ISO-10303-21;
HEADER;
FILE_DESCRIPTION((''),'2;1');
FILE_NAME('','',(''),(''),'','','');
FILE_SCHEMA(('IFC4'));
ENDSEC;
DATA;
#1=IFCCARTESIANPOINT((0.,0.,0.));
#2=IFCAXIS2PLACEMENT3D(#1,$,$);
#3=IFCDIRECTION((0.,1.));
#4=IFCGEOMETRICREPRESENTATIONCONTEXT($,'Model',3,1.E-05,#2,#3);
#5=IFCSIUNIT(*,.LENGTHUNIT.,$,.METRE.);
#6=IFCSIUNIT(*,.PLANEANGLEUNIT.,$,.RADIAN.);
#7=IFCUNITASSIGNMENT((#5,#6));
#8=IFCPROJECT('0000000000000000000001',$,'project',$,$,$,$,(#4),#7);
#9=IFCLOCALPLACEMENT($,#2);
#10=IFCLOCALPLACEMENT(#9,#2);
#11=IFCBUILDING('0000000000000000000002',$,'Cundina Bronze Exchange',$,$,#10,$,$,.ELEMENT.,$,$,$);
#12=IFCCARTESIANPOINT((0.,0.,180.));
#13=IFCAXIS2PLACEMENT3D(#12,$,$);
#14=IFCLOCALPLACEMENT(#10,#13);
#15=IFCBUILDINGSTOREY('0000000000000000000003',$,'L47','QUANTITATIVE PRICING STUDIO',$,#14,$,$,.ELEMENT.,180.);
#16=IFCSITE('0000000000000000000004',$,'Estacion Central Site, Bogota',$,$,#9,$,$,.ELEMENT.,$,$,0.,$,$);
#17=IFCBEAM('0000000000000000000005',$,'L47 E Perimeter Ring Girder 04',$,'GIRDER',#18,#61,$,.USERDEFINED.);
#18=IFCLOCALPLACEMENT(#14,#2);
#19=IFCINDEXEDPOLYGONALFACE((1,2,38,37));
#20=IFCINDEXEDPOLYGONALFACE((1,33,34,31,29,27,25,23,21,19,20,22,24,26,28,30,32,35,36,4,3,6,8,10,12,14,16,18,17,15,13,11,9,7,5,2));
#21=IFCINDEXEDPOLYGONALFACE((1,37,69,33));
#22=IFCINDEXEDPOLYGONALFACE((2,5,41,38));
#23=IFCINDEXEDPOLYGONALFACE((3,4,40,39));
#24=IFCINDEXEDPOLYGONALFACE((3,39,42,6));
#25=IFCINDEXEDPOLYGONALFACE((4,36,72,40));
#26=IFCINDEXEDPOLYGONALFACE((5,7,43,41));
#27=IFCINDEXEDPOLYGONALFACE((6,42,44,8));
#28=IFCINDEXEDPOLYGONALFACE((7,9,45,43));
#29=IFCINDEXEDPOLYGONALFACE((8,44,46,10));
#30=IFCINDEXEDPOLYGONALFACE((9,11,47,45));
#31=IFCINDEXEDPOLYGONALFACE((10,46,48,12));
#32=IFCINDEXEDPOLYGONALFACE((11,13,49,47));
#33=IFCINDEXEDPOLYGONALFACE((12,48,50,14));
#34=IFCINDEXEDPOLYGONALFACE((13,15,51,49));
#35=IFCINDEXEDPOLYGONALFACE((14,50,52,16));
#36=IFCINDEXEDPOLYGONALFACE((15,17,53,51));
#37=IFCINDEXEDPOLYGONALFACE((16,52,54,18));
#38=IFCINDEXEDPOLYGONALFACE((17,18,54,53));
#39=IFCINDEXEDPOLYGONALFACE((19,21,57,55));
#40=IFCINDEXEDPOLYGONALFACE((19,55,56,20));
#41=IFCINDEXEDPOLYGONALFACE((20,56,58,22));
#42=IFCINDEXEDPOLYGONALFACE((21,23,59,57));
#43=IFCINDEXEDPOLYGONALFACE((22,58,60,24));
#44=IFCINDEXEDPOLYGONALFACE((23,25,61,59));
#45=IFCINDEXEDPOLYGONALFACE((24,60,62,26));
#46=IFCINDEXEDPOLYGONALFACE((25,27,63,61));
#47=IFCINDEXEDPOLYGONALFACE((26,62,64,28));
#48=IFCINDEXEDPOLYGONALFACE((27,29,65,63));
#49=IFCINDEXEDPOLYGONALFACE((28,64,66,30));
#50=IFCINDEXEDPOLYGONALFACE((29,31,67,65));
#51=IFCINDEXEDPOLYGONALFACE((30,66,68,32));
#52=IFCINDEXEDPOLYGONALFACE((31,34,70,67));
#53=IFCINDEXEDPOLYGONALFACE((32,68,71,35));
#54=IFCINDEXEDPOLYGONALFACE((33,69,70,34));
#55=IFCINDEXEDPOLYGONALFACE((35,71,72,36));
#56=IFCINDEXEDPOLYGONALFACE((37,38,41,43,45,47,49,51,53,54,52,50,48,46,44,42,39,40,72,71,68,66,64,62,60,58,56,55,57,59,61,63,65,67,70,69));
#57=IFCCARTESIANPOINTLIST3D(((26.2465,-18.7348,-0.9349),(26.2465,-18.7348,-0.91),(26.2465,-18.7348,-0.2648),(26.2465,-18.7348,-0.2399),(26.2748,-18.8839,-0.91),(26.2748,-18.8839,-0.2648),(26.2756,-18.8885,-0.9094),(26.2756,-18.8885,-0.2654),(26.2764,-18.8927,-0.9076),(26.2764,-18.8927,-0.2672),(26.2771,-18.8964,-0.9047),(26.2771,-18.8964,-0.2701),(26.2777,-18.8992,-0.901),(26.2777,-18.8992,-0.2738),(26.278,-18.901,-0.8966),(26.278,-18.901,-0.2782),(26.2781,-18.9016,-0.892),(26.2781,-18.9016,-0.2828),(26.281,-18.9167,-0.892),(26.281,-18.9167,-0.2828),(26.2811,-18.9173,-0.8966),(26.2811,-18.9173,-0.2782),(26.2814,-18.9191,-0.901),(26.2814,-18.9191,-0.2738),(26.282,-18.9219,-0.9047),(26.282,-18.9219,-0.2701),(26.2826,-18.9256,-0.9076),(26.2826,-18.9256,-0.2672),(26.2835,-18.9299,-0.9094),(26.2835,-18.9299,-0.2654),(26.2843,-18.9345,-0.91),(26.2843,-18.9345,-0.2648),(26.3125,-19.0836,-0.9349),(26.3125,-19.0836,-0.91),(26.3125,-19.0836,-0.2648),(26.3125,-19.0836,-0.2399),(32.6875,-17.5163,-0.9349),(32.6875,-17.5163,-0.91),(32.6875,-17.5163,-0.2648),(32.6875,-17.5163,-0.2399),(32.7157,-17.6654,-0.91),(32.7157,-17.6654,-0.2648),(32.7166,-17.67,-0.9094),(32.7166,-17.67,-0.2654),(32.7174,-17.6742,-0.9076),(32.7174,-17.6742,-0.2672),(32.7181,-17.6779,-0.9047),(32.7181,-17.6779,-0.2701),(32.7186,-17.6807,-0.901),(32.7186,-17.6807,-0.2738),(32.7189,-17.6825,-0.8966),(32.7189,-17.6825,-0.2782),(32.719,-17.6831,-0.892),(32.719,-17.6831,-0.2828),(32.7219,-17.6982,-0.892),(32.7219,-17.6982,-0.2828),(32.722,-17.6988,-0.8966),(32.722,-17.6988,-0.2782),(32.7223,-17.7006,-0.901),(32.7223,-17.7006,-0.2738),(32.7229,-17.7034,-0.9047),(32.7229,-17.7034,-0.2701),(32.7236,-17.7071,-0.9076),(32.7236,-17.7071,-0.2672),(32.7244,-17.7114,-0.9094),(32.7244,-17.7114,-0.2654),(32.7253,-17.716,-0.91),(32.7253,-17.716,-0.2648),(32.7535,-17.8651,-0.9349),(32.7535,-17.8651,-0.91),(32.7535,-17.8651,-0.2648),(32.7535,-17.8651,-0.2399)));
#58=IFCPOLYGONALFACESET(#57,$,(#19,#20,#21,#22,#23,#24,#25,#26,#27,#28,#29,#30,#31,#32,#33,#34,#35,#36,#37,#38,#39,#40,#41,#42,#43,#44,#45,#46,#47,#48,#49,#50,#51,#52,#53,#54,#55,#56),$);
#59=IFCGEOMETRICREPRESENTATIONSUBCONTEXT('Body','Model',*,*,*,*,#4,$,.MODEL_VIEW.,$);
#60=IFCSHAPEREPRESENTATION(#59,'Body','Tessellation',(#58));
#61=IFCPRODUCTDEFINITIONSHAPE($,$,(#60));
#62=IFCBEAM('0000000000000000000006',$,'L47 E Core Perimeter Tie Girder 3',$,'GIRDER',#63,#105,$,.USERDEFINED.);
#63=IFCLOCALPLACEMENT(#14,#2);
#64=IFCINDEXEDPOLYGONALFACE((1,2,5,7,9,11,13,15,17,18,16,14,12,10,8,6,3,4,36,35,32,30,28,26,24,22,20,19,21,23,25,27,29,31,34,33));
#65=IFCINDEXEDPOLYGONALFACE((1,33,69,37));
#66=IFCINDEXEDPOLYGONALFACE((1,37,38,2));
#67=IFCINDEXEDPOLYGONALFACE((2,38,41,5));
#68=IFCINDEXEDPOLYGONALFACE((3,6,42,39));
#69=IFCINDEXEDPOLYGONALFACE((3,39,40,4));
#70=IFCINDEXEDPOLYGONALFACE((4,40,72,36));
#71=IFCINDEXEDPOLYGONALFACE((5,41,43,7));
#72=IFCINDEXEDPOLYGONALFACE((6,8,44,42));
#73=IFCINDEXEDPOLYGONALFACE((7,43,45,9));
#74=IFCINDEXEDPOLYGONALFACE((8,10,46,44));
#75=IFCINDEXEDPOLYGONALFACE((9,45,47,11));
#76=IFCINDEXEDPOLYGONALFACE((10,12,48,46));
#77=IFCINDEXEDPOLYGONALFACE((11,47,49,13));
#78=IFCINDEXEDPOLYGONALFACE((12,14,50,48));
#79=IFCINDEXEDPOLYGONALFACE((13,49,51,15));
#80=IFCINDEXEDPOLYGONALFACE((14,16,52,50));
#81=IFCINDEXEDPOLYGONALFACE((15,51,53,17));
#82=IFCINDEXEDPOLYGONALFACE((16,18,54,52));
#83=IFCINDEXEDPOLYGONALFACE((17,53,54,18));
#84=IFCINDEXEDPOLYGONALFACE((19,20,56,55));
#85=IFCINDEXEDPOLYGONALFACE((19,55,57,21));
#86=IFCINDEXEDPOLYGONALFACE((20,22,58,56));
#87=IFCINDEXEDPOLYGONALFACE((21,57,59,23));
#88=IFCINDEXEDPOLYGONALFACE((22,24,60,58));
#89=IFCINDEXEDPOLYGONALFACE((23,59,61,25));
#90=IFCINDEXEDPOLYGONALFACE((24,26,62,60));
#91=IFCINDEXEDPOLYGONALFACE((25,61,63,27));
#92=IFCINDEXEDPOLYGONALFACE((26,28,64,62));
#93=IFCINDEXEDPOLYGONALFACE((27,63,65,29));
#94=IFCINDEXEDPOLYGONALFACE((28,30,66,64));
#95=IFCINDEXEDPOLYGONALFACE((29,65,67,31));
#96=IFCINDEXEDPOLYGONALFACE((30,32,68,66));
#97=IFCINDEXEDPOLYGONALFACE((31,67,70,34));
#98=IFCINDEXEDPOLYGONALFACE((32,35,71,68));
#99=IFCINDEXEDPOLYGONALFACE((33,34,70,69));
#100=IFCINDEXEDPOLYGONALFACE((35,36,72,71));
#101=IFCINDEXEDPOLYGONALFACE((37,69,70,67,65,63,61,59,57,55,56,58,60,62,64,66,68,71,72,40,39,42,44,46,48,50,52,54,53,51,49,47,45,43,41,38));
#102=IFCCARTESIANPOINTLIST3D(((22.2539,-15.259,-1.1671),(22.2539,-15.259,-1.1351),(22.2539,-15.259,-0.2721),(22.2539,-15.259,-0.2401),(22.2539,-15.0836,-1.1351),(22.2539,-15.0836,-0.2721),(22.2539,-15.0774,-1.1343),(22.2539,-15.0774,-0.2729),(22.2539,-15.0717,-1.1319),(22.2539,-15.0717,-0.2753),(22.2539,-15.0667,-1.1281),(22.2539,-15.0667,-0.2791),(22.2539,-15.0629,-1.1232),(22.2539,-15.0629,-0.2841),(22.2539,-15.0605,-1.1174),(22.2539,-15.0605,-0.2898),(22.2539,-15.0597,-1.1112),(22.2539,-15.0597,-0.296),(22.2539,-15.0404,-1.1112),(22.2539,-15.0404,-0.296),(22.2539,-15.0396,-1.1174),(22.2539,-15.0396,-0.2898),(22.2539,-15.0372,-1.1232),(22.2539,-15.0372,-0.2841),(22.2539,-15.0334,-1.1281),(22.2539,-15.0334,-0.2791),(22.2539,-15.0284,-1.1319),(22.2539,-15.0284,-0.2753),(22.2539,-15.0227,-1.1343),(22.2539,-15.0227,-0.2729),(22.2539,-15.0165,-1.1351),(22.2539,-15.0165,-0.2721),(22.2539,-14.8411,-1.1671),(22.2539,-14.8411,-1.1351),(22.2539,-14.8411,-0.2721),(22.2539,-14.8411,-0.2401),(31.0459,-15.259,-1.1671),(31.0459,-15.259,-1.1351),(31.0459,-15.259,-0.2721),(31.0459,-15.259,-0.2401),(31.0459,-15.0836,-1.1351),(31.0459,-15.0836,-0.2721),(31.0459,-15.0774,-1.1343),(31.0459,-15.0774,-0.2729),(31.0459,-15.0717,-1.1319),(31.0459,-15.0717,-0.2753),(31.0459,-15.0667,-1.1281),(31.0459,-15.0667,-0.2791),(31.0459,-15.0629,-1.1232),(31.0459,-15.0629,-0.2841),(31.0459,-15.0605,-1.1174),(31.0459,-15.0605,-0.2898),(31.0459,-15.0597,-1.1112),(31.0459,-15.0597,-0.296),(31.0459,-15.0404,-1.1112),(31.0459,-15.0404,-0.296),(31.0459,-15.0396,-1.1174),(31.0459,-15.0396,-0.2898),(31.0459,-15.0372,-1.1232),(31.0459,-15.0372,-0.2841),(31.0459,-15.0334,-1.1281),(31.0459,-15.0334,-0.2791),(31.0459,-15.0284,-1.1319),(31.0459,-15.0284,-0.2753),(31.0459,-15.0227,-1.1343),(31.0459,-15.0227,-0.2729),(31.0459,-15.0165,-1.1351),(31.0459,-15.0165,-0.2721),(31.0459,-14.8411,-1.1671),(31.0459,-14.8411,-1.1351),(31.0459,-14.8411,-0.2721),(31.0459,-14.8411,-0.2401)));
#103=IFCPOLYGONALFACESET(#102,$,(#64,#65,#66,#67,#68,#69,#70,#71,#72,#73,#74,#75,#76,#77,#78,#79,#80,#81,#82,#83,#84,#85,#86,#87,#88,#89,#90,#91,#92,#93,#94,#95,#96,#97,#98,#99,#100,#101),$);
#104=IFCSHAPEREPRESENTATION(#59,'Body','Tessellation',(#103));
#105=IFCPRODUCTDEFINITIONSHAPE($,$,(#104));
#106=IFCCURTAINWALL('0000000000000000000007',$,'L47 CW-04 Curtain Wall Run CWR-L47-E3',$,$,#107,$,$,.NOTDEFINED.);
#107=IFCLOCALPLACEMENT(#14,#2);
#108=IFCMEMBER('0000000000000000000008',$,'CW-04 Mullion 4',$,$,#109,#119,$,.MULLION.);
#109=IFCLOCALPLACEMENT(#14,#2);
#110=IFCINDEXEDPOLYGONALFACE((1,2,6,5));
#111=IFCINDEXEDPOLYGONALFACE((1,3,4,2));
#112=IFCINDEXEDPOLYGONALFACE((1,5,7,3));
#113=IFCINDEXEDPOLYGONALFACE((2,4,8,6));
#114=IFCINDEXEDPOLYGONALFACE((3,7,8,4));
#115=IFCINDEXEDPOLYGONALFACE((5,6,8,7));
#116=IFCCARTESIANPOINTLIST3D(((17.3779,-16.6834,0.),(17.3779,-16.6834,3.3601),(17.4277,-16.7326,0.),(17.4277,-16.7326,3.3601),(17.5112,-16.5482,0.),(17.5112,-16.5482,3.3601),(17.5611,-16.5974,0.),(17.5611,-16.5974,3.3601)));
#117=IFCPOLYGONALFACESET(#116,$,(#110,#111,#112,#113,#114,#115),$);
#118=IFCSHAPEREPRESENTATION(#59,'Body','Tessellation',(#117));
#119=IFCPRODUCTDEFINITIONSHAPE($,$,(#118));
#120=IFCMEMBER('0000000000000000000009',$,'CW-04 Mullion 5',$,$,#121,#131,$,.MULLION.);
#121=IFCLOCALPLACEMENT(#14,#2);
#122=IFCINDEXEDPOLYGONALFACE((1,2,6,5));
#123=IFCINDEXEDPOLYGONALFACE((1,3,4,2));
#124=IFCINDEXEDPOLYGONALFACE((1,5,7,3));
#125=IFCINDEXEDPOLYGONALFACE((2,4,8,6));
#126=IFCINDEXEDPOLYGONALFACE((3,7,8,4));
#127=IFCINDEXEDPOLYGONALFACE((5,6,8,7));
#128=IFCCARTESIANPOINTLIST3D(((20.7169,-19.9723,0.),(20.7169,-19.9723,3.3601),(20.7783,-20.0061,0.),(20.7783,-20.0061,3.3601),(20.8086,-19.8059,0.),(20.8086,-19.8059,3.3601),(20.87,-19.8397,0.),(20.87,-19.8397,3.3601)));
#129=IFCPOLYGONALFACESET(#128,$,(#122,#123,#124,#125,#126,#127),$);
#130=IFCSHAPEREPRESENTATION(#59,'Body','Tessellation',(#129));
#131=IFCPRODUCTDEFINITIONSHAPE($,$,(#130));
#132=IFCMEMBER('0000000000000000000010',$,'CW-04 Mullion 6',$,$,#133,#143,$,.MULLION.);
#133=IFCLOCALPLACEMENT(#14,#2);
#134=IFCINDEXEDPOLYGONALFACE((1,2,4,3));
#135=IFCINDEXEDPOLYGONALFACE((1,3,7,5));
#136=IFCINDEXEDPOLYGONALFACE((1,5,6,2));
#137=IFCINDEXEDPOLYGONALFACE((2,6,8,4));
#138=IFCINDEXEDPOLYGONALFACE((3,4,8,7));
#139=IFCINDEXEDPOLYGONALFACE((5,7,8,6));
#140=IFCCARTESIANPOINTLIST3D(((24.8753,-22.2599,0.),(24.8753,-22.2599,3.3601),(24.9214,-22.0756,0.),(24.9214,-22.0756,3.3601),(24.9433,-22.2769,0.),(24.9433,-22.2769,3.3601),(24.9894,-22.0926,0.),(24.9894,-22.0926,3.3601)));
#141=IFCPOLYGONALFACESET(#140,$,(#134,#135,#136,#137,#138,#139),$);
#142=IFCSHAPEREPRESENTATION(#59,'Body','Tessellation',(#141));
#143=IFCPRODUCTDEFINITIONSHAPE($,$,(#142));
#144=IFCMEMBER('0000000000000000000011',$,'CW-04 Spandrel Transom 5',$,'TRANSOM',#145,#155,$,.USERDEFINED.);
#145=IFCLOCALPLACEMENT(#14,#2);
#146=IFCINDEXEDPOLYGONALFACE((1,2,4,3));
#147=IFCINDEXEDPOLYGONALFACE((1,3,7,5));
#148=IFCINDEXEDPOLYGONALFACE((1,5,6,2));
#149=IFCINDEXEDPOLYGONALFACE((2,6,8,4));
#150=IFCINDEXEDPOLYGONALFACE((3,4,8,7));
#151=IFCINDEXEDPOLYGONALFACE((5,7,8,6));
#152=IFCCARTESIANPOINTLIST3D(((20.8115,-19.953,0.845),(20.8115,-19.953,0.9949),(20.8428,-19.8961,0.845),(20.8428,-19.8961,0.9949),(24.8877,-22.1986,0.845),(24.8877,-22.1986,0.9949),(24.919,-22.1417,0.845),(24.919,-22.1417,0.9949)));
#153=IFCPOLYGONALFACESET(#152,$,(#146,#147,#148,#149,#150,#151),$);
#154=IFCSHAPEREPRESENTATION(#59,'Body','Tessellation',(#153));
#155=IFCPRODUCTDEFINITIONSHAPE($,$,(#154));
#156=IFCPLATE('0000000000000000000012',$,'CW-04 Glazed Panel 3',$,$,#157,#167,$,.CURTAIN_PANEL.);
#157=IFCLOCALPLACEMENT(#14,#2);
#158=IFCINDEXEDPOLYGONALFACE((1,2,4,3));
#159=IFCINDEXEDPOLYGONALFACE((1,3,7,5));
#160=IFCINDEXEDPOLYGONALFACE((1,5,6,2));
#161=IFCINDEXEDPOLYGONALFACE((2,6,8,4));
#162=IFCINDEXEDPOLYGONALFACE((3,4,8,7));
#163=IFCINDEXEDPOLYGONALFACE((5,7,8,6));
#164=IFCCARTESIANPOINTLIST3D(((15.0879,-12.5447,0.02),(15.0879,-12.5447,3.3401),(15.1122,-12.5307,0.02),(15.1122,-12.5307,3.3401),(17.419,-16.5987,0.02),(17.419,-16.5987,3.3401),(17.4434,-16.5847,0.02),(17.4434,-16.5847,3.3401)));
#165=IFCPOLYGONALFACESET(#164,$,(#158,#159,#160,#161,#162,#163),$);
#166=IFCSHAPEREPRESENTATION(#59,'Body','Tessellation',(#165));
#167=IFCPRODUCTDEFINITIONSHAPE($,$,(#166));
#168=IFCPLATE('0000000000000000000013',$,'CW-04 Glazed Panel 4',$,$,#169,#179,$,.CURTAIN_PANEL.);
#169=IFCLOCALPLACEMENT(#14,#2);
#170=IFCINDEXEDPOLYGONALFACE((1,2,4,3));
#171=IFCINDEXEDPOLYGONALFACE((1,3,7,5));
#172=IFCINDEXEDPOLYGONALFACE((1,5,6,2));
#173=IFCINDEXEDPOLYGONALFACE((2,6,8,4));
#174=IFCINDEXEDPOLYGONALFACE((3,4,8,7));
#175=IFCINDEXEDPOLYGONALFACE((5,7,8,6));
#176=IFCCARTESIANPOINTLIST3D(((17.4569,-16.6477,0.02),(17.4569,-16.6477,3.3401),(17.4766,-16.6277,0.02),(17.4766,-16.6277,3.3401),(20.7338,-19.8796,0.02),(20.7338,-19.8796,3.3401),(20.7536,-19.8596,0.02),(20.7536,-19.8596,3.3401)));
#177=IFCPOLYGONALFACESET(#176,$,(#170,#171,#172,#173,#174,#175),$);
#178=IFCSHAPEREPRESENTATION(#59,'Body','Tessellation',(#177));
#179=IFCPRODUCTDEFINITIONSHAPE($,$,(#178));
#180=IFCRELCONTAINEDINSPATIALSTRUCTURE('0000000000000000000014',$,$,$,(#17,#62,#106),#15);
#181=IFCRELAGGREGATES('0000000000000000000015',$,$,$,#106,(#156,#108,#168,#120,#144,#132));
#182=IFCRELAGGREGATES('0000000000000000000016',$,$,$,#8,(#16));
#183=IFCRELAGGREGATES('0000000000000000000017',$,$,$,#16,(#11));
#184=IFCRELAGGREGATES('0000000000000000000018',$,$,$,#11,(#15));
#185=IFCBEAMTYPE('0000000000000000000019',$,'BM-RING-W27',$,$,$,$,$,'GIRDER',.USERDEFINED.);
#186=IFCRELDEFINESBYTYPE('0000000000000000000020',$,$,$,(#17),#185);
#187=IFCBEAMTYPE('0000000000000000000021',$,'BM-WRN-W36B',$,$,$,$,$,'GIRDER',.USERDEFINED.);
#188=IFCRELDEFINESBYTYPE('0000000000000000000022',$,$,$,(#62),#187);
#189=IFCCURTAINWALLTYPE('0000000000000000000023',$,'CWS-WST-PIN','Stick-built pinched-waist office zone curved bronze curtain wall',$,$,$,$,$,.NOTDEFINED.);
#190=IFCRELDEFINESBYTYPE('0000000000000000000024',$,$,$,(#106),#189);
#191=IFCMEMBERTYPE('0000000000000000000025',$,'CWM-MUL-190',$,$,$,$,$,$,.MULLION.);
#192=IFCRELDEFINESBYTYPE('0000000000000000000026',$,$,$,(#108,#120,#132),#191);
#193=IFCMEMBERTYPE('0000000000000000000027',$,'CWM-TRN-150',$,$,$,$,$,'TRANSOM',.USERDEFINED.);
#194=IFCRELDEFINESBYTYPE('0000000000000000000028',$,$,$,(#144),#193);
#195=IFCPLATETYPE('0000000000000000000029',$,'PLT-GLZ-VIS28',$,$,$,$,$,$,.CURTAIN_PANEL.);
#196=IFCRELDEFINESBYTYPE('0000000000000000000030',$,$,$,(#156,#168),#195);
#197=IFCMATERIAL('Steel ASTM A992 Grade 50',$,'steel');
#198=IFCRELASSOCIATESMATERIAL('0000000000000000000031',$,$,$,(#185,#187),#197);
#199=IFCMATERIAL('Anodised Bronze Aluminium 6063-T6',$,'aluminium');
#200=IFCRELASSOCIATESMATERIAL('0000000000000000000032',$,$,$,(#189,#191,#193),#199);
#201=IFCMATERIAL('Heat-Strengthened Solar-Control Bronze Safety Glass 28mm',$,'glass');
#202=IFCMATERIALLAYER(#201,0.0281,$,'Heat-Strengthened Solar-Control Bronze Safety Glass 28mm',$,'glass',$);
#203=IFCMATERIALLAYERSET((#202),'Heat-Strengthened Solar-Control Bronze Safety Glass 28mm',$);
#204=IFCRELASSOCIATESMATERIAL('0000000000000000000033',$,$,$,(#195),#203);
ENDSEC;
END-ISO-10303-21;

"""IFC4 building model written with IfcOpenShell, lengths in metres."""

from ifc_helpers import new_model, si_unit, direction, frame, origin, origin_2d, place, context, subcontext, project, spatial, rectangle, i_section, extrude, material, layer, layer_set, material_profile, profile_set, type_object, element, aggregate, save


model = new_model("IFC4")

# Units and contexts
model_context = context("Model", 3, precision=1e-05, world=origin(), true_north=direction((0.0, 1.0)))
body_context = subcontext(model_context, "Body", "Model", "MODEL_VIEW")
ifc_project = project(units=[si_unit("LENGTHUNIT", "METRE"), si_unit("PLANEANGLEUNIT", "RADIAN")], contexts=[model_context])

# Site, building, storey
site_placement = place(None, origin())
site = spatial("IfcSite", under=ifc_project, at=site_placement, Name="Estacion Central Site, Bogota", CompositionType="ELEMENT", RefElevation=0.0)
building_placement = place(site_placement, origin())
building = spatial("IfcBuilding", under=site, at=building_placement, Name="Cundina Bronze Exchange", CompositionType="ELEMENT")
storey_placement = place(building_placement, frame((0.0, 0.0, 180.0)))
storey = spatial("IfcBuildingStorey", under=building, at=storey_placement, Name="L47", Description="QUANTITATIVE PRICING STUDIO", CompositionType="ELEMENT", Elevation=180.0)

# Shared definitions
ifc_material_1 = material(Name="Steel ASTM A992 Grade 50", Category="steel")

# Beams
ifc_material_profile_1 = material_profile(ifc_material_1, i_section(OverallWidth=0.355, OverallDepth=0.6951, WebThickness=0.0154, FlangeThickness=0.0249, FilletRadius=0.0181, at=origin_2d()), Name="W27X146", Category="steel")
ifc_profile_set_1 = profile_set([ifc_material_profile_1], Name="Steel ASTM A992 Grade 50")
beam_type_1 = type_object("IfcBeamType", Name="BM-RING-W27", ElementType="GIRDER", PredefinedType="USERDEFINED", material=ifc_profile_set_1)
beam_1_placement = place(storey_placement, frame((26.2795, -18.9092, -0.5874), z_axis=(0.982572, 0.185885, 0.0), x_axis=(-0.185885, 0.982572, 0.0)))
element("IfcBeam", 1, at=beam_1_placement, inside=storey, type_object=beam_type_1, Name="L47 E Perimeter Ring Girder 04", ObjectType="GIRDER", PredefinedType="USERDEFINED", context=body_context, shape_type="SweptSolid", body=[
    extrude(i_section(OverallWidth=0.355, OverallDepth=0.6951, WebThickness=0.0154, FlangeThickness=0.0249, FilletRadius=0.0181, at=origin_2d()), origin(), (0.0, 0.0, 1.0), 6.5552),
])
ifc_material_profile_2 = material_profile(ifc_material_1, i_section(OverallWidth=0.418, OverallDepth=0.927, WebThickness=0.0193, FlangeThickness=0.032, FilletRadius=0.0239, at=origin_2d()), Name="W36X231", Category="steel")
ifc_profile_set_2 = profile_set([ifc_material_profile_2], Name="Steel ASTM A992 Grade 50")
beam_type_2 = type_object("IfcBeamType", Name="BM-WRN-W36B", ElementType="GIRDER", PredefinedType="USERDEFINED", material=ifc_profile_set_2)
beam_2_placement = place(storey_placement, frame((22.2539, -15.05, -0.7036), z_axis=(1.0, 0.0, 0.0), x_axis=(0.0, 1.0, 0.0)))
element("IfcBeam", 2, at=beam_2_placement, inside=storey, type_object=beam_type_2, Name="L47 E Core Perimeter Tie Girder 3", ObjectType="GIRDER", PredefinedType="USERDEFINED", context=body_context, shape_type="SweptSolid", body=[
    extrude(i_section(OverallWidth=0.418, OverallDepth=0.927, WebThickness=0.0193, FlangeThickness=0.032, FilletRadius=0.0239, at=origin_2d()), origin(), (0.0, 0.0, 1.0), 8.792),
])

# Curtain wall, members, plates
ifc_material_2 = material(Name="Anodised Bronze Aluminium 6063-T6", Category="aluminium")
curtain_wall_type = type_object("IfcCurtainWallType", Name="CWS-WST-PIN", Description="Stick-built pinched-waist office zone curved bronze curtain wall", PredefinedType="NOTDEFINED", material=ifc_material_2)
curtain_wall_placement = place(storey_placement, origin())
curtain_wall = element("IfcCurtainWall", 3, at=curtain_wall_placement, inside=storey, type_object=curtain_wall_type, Name="L47 CW-04 Curtain Wall Run CWR-L47-E3", PredefinedType="NOTDEFINED")
ifc_material_profile_3 = material_profile(ifc_material_2, rectangle(XDim=0.0701, YDim=0.1899, at=origin_2d()), Name="AL70X190", Category="aluminium")
ifc_profile_set_3 = profile_set([ifc_material_profile_3], Name="Anodised Bronze Aluminium 6063-T6")
member_type_1 = type_object("IfcMemberType", Name="CWM-MUL-190", PredefinedType="MULLION", material=ifc_profile_set_3)
member_1_placement = place(storey_placement, frame((17.4695, -16.6404, 0.0), z_axis=(0.0, 0.0, 1.0), x_axis=(0.712026, -0.702153, 0.0)))
member_1 = element("IfcMember", 4, at=member_1_placement, type_object=member_type_1, Name="CW-04 Mullion 4", PredefinedType="MULLION", context=body_context, shape_type="SweptSolid", body=[
    extrude(rectangle(XDim=0.0701, YDim=0.1899, at=origin_2d()), origin(), (0.0, 0.0, 1.0), 3.3601),
])
member_2_placement = place(storey_placement, frame((20.7935, -19.906, 0.0), z_axis=(0.0, 0.0, 1.0), x_axis=(0.875886, -0.482518, 0.0)))
member_2 = element("IfcMember", 5, at=member_2_placement, type_object=member_type_1, Name="CW-04 Mullion 5", PredefinedType="MULLION", context=body_context, shape_type="SweptSolid", body=[
    extrude(rectangle(XDim=0.0701, YDim=0.1899, at=origin_2d()), origin(), (0.0, 0.0, 1.0), 3.3601),
])
member_3_placement = place(storey_placement, frame((24.9324, -22.1763, 0.0), z_axis=(0.0, 0.0, 1.0), x_axis=(0.970084, -0.242769, 0.0)))
member_3 = element("IfcMember", 6, at=member_3_placement, type_object=member_type_1, Name="CW-04 Mullion 6", PredefinedType="MULLION", context=body_context, shape_type="SweptSolid", body=[
    extrude(rectangle(XDim=0.0701, YDim=0.1899, at=origin_2d()), origin(), (0.0, 0.0, 1.0), 3.3601),
])
ifc_material_profile_4 = material_profile(ifc_material_2, rectangle(XDim=0.0649, YDim=0.1499, at=origin_2d()), Name="AL65X150", Category="aluminium")
ifc_profile_set_4 = profile_set([ifc_material_profile_4], Name="Anodised Bronze Aluminium 6063-T6")
member_type_2 = type_object("IfcMemberType", Name="CWM-TRN-150", ElementType="TRANSOM", PredefinedType="USERDEFINED", material=ifc_profile_set_4)
member_4_placement = place(storey_placement, frame((20.8271, -19.9246, 0.9199), z_axis=(0.875879, -0.482531, 0.0), x_axis=(0.482531, 0.875879, 0.0)))
member_4 = element("IfcMember", 7, at=member_4_placement, type_object=member_type_2, Name="CW-04 Spandrel Transom 5", ObjectType="TRANSOM", PredefinedType="USERDEFINED", context=body_context, shape_type="SweptSolid", body=[
    extrude(rectangle(XDim=0.0649, YDim=0.1499, at=origin_2d()), origin(), (0.0, 0.0, 1.0), 4.6538),
])
ifc_material_3 = material(Name="Heat-Strengthened Solar-Control Bronze Safety Glass 28mm", Category="glass")
ifc_layer_1 = layer(ifc_material_3, 0.0281, Name="Heat-Strengthened Solar-Control Bronze Safety Glass 28mm", Category="glass")
ifc_layer_set_1 = layer_set([ifc_layer_1], Name="Heat-Strengthened Solar-Control Bronze Safety Glass 28mm")
plate_type_1 = type_object("IfcPlateType", Name="PLT-GLZ-VIS28", PredefinedType="CURTAIN_PANEL", material=ifc_layer_set_1)
plate_1_placement = place(storey_placement, frame((16.2656, -14.5647, 0.02), z_axis=(0.0, 0.0, 1.0), x_axis=(0.498488, -0.866897, 0.0)))
plate_1 = element("IfcPlate", 8, at=plate_1_placement, type_object=plate_type_1, Name="CW-04 Glazed Panel 3", PredefinedType="CURTAIN_PANEL", context=body_context, shape_type="SweptSolid", body=[
    extrude(rectangle(XDim=4.6765, YDim=0.0281, at=origin_2d()), origin(), (0.0, 0.0, 1.0), 3.3201),
])
plate_2_placement = place(storey_placement, frame((19.1052, -18.2537, 0.02), z_axis=(0.0, 0.0, 1.0), x_axis=(0.711989, -0.70219, 0.0)))
plate_2 = element("IfcPlate", 9, at=plate_2_placement, type_object=plate_type_1, Name="CW-04 Glazed Panel 4", PredefinedType="CURTAIN_PANEL", context=body_context, shape_type="SweptSolid", body=[
    extrude(rectangle(XDim=4.6025, YDim=0.0281, at=origin_2d()), origin(), (0.0, 0.0, 1.0), 3.3201),
])
aggregate(curtain_wall, [plate_1, member_1, plate_2, member_2, member_4, member_3])

save(model, "model.ifc")
